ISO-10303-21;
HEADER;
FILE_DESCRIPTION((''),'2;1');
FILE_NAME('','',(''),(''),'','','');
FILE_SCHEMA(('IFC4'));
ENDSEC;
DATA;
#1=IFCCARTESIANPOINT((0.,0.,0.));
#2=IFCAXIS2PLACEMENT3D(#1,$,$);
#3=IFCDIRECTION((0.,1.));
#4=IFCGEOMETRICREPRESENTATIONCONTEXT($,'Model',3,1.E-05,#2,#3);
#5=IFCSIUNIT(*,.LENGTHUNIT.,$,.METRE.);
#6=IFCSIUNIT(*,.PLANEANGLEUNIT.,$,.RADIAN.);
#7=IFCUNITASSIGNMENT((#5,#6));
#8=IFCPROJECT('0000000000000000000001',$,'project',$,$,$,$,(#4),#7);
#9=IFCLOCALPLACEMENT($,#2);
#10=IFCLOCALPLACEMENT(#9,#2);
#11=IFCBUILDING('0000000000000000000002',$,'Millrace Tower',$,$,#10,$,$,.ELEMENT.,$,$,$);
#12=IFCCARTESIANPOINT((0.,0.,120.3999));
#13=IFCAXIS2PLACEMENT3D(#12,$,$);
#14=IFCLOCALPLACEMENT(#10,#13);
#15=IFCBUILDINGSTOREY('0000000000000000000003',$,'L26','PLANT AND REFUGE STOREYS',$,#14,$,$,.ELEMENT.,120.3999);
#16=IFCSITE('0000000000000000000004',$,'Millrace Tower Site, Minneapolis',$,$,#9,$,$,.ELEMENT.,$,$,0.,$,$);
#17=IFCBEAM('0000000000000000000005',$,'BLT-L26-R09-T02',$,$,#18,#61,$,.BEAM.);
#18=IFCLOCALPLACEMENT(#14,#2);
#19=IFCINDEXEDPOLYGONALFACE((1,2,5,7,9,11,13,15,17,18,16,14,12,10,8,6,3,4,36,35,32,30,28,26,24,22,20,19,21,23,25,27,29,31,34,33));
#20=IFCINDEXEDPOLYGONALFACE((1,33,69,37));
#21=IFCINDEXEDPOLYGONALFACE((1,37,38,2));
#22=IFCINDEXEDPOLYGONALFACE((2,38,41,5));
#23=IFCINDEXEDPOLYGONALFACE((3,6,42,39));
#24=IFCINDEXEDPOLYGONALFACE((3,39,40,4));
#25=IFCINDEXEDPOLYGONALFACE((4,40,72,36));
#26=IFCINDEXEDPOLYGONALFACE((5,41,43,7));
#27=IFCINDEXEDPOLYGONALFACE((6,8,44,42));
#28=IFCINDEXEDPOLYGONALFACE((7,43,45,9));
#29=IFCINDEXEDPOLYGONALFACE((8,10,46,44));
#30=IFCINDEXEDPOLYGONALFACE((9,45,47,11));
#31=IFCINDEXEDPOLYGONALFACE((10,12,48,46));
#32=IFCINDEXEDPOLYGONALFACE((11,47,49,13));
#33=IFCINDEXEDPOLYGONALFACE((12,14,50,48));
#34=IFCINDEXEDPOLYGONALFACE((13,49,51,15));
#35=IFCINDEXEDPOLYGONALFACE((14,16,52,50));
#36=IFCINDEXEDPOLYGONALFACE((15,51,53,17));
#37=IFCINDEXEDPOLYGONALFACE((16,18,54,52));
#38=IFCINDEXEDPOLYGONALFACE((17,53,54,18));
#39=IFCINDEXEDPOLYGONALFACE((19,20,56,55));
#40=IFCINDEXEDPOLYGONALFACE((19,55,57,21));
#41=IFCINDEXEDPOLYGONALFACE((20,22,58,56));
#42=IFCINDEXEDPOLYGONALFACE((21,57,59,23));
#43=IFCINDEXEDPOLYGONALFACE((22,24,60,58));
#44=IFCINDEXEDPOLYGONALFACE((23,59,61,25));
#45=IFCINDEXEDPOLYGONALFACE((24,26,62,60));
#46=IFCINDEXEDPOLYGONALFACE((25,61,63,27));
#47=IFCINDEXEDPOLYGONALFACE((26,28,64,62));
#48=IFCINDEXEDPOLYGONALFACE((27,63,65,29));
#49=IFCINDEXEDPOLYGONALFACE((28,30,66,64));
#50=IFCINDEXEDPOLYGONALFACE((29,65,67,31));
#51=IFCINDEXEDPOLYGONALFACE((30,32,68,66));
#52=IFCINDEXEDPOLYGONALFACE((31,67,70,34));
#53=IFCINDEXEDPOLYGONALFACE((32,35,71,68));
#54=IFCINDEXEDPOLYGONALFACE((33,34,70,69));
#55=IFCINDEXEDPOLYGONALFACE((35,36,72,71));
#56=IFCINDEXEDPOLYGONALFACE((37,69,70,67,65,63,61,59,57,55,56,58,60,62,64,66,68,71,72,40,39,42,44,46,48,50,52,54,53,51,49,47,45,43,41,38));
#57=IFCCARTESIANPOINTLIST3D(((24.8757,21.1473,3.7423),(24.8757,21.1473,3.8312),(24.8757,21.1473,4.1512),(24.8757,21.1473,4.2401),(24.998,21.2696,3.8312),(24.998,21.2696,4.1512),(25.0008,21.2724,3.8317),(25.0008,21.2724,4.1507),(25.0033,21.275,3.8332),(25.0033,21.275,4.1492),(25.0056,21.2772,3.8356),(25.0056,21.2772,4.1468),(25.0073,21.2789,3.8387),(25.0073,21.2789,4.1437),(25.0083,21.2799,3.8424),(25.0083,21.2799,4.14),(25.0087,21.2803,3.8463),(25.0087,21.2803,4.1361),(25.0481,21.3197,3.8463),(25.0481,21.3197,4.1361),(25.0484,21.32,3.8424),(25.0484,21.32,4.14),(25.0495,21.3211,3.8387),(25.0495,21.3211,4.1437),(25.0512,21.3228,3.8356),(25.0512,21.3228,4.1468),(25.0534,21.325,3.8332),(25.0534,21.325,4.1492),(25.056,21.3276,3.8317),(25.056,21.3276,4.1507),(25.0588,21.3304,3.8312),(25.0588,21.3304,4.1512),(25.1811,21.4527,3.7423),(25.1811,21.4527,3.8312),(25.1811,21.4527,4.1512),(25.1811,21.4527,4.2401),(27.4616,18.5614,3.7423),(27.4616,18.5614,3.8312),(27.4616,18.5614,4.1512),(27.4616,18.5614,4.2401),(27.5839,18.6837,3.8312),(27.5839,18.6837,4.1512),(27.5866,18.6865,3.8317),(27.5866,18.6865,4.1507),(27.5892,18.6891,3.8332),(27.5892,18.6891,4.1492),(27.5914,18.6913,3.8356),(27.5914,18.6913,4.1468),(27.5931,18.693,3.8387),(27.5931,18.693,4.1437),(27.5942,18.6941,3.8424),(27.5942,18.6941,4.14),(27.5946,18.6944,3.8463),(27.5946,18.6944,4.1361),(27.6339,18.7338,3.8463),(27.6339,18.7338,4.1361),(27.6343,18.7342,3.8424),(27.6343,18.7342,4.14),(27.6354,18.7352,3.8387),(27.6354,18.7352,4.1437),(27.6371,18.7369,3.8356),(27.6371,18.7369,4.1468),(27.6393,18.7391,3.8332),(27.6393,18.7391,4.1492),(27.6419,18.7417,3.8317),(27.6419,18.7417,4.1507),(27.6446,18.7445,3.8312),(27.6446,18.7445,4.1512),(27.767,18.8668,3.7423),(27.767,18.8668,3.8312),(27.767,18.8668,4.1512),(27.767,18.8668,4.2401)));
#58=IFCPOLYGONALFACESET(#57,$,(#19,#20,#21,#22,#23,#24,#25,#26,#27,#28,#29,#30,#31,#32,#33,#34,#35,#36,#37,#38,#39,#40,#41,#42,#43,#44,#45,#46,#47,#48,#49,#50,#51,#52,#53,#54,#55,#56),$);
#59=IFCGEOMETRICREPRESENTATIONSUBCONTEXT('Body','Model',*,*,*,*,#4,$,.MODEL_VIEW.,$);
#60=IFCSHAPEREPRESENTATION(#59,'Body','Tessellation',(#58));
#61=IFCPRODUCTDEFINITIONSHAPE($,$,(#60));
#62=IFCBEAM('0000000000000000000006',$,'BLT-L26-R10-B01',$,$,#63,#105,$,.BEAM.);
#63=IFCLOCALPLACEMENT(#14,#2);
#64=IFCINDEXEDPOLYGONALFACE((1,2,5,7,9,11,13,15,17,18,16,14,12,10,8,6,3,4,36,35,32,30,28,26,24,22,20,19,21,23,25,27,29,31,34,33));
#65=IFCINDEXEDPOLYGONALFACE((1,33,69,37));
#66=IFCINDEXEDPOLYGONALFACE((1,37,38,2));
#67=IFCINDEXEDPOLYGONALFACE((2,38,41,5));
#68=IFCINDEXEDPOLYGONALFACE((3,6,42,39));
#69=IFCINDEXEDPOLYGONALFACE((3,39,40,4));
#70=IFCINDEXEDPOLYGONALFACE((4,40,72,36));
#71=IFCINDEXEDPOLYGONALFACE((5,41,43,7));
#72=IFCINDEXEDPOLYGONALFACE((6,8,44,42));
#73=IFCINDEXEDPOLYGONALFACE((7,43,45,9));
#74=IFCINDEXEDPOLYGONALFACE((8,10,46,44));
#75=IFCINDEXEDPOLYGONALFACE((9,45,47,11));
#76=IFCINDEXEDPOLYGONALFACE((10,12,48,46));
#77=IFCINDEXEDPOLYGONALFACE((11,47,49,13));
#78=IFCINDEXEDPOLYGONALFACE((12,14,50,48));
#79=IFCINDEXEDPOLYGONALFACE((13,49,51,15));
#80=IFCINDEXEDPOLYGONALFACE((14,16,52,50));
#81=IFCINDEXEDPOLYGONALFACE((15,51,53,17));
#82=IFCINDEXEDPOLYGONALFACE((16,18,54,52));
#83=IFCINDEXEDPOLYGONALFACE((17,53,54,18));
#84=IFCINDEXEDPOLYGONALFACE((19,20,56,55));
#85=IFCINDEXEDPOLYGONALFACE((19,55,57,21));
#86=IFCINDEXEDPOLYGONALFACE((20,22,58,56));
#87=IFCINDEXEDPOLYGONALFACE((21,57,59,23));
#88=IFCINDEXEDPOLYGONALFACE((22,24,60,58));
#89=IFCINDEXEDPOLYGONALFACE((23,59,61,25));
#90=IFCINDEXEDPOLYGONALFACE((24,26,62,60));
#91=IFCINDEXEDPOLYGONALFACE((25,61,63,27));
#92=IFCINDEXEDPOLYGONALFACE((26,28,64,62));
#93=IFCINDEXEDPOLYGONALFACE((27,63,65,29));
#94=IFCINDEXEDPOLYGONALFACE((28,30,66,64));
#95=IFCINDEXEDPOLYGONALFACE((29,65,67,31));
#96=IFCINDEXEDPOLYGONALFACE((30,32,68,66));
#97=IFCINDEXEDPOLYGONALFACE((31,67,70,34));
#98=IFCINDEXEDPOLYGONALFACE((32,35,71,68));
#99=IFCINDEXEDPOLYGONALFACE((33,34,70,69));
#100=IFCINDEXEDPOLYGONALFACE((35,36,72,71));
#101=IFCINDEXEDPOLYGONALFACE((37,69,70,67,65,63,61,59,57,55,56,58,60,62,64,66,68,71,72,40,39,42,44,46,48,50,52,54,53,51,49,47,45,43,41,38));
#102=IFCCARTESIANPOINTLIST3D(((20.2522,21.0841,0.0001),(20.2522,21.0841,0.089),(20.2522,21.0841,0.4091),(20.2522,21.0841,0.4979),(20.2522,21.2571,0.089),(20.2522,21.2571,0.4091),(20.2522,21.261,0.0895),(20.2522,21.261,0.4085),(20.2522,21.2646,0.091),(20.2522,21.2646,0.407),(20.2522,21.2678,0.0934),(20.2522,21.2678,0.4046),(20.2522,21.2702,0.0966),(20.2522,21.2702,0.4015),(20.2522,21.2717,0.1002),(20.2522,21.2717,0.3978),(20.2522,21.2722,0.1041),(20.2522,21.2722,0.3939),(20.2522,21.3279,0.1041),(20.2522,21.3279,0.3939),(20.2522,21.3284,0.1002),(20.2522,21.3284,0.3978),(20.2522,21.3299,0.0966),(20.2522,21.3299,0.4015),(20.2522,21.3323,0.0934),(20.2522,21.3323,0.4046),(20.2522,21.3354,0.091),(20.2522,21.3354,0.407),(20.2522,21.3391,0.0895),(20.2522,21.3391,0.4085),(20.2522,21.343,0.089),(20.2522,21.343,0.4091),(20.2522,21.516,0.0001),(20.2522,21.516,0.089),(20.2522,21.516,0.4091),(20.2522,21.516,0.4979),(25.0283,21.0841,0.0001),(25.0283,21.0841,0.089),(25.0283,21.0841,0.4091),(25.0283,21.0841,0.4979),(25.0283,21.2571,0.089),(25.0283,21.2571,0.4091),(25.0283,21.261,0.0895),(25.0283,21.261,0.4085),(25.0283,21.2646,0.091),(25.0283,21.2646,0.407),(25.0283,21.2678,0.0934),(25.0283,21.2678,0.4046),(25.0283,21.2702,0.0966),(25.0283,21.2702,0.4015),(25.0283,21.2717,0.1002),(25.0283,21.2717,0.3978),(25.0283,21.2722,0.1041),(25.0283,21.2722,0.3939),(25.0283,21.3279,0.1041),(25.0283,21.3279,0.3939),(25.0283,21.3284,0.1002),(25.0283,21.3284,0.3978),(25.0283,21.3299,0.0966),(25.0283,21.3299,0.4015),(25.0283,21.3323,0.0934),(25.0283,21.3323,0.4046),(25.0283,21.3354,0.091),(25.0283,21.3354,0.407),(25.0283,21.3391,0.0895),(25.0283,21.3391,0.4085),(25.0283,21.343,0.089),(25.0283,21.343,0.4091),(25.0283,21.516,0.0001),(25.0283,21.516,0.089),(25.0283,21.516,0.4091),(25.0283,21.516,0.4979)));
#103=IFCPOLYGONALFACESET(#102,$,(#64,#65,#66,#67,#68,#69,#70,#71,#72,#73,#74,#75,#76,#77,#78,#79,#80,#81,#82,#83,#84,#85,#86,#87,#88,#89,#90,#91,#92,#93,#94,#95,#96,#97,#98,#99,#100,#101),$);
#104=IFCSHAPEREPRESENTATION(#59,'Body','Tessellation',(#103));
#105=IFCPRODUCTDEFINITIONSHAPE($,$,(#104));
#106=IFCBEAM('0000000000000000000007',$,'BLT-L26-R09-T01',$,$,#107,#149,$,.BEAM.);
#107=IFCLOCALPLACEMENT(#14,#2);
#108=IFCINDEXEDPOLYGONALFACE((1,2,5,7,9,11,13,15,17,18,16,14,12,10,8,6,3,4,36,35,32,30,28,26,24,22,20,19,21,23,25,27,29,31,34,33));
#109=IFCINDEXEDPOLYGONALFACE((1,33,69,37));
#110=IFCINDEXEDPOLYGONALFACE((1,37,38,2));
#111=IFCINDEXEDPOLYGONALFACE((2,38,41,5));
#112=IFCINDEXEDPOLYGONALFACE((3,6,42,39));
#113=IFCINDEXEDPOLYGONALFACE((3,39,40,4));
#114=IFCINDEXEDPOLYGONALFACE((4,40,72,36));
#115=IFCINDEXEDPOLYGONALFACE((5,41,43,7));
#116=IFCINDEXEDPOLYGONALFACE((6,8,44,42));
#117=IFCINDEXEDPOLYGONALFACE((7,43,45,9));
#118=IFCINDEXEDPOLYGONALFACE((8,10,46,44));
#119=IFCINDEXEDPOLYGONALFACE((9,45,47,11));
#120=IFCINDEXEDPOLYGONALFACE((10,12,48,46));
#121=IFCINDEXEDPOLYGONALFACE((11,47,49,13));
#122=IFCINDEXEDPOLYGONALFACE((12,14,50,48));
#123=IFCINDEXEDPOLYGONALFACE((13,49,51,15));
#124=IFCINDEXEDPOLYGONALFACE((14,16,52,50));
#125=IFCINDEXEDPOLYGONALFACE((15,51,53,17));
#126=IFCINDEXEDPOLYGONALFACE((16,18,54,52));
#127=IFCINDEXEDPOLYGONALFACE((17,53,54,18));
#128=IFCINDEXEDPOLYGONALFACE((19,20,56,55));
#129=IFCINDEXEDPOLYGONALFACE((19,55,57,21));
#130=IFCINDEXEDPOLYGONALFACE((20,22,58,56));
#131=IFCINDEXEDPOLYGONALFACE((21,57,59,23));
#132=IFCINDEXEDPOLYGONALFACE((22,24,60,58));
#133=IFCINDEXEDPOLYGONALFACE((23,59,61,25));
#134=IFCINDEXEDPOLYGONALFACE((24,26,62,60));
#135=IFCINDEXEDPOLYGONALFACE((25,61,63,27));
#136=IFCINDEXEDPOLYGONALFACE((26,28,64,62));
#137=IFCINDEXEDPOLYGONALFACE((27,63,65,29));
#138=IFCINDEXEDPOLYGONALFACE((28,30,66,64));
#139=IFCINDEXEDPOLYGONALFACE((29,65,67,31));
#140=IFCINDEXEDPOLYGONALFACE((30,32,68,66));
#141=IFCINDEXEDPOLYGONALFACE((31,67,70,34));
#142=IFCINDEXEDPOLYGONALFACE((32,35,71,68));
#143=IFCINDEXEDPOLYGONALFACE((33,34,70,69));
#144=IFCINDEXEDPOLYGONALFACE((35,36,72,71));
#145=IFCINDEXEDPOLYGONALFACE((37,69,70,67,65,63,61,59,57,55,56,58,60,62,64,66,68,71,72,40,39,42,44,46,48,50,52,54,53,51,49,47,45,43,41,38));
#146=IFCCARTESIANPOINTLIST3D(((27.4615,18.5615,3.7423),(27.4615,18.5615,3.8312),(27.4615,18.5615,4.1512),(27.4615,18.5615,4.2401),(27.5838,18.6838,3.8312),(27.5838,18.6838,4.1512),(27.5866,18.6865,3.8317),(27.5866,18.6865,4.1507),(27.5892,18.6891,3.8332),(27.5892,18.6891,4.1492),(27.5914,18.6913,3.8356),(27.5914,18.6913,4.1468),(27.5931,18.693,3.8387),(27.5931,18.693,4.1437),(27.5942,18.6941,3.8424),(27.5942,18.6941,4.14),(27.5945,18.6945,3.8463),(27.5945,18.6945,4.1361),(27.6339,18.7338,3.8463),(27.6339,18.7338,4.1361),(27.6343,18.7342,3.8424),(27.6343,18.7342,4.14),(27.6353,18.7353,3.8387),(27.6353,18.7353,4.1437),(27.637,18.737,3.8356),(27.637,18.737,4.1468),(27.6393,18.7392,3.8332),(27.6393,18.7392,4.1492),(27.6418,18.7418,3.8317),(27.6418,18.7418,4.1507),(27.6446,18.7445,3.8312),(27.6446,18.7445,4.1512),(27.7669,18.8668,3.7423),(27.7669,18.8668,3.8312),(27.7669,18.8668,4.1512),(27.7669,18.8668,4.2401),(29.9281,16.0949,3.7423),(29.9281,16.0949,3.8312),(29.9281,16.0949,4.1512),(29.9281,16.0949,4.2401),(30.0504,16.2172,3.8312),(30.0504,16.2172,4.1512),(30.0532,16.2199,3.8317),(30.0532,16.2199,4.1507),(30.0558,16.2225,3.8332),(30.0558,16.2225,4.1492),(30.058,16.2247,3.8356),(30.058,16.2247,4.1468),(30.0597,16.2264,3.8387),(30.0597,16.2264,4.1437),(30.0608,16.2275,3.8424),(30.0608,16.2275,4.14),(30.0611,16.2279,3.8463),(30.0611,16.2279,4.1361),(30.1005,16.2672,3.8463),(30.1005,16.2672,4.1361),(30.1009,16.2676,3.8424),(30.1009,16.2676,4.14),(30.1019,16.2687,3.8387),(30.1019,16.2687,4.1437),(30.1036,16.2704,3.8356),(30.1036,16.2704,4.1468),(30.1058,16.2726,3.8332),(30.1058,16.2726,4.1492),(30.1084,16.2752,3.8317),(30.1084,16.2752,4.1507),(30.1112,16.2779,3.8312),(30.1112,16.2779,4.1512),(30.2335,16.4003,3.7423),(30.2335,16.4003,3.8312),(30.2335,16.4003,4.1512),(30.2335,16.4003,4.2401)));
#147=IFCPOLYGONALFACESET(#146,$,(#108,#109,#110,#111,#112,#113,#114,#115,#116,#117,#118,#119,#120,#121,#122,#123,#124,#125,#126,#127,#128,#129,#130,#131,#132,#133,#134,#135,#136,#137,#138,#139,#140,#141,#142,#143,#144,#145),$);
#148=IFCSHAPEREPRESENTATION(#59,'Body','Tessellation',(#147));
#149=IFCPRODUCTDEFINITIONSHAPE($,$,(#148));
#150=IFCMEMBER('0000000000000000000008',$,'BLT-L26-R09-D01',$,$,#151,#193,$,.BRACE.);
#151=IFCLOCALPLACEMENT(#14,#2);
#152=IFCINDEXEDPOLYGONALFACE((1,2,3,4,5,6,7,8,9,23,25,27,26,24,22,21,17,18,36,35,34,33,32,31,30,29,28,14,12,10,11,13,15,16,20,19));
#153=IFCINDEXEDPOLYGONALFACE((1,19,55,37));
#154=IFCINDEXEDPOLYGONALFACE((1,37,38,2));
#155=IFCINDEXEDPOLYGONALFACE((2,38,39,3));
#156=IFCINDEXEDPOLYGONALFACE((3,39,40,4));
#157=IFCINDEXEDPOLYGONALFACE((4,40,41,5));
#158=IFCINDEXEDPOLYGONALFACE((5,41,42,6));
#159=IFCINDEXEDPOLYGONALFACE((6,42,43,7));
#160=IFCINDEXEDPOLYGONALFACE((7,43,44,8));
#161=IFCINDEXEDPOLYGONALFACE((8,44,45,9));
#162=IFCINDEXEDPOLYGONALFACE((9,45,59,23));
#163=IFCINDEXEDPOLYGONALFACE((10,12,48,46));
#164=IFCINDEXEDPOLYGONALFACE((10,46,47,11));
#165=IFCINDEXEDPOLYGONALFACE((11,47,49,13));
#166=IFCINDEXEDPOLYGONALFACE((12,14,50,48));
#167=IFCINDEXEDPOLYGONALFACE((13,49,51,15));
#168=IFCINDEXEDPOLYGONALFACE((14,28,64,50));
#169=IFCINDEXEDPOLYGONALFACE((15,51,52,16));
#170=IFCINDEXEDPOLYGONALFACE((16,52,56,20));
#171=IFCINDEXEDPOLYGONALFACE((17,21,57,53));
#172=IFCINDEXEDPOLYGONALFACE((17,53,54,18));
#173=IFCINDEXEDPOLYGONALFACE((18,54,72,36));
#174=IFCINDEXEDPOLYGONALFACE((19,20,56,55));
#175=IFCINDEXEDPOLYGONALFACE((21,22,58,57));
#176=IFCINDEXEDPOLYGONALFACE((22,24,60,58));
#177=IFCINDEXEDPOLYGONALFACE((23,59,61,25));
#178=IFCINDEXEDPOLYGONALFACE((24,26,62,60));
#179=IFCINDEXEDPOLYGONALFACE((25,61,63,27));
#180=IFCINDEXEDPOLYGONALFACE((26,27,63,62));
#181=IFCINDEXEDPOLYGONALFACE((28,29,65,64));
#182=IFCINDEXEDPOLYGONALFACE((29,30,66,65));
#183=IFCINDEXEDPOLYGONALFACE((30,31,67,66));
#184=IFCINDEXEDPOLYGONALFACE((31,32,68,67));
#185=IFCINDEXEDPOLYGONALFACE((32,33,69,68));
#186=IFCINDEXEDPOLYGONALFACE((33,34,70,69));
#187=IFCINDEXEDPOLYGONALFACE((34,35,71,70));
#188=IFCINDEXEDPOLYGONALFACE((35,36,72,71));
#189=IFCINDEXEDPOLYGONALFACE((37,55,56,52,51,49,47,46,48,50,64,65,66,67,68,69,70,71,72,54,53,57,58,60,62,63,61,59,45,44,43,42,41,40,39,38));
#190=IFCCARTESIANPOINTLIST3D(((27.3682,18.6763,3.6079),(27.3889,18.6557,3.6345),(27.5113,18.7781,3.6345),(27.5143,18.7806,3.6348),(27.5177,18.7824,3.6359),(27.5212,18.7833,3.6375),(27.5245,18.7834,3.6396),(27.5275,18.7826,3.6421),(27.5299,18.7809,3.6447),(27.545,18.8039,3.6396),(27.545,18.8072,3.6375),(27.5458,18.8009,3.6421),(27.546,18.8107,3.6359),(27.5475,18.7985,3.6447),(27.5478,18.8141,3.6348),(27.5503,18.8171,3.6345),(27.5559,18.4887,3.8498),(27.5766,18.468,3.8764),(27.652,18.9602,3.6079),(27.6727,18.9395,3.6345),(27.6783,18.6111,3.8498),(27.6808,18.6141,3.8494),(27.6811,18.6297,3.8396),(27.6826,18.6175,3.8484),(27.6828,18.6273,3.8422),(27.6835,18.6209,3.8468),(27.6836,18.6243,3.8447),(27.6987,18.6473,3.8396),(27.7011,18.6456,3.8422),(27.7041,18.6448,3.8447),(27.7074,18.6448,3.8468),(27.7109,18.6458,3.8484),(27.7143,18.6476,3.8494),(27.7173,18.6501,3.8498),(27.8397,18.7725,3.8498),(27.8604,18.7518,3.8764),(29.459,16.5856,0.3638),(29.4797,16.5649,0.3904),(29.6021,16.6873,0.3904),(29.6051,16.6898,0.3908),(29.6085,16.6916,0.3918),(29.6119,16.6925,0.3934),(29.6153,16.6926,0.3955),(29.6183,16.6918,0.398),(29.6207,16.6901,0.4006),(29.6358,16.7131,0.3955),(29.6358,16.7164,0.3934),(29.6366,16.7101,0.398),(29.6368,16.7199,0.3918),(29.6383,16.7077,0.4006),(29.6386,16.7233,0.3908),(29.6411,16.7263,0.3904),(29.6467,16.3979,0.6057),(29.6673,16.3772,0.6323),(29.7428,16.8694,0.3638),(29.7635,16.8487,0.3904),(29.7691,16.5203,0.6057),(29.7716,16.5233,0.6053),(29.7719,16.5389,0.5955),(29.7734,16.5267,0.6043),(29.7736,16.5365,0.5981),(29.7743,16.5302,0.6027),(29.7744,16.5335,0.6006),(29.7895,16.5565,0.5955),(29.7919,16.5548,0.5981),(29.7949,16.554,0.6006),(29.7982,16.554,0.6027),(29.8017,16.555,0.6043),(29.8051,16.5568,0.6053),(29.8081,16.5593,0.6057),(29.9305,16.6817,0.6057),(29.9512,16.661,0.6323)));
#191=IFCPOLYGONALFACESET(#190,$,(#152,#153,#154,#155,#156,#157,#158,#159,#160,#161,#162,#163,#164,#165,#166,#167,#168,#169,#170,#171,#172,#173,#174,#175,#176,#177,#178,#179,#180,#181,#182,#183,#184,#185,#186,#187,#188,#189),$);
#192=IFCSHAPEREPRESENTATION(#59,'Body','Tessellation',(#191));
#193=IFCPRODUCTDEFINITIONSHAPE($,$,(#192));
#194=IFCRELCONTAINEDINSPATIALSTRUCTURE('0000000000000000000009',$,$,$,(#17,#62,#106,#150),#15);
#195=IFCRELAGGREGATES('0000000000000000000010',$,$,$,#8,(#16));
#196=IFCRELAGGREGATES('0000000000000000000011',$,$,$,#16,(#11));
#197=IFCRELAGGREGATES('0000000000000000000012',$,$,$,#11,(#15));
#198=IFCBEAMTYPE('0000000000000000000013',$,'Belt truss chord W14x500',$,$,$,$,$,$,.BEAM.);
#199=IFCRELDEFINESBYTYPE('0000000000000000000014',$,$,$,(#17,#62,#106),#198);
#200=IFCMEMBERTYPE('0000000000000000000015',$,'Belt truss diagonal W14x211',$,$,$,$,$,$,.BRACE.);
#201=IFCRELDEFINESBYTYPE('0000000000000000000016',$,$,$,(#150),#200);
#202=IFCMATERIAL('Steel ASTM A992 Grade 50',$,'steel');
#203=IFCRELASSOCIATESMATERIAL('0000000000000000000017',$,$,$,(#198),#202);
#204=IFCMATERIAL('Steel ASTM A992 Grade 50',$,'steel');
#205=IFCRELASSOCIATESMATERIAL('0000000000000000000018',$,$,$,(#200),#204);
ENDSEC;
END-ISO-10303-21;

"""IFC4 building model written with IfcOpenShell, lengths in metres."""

from ifc_helpers import new_model, si_unit, direction, frame, origin, origin_2d, place, context, subcontext, project, spatial, i_section, extrude, material, material_profile, profile_set, type_object, element, save


model = new_model("IFC4")

# Units and contexts
model_context = context("Model", 3, precision=1e-05, world=origin(), true_north=direction((0.0, 1.0)))
body_context = subcontext(model_context, "Body", "Model", "MODEL_VIEW")
ifc_project = project(units=[si_unit("LENGTHUNIT", "METRE"), si_unit("PLANEANGLEUNIT", "RADIAN")], contexts=[model_context])

# Site, building, storey
site_placement = place(None, origin())
site = spatial("IfcSite", under=ifc_project, at=site_placement, Name="Millrace Tower Site, Minneapolis", CompositionType="ELEMENT", RefElevation=0.0)
building_placement = place(site_placement, origin())
building = spatial("IfcBuilding", under=site, at=building_placement, Name="Millrace Tower", CompositionType="ELEMENT")
storey_placement = place(building_placement, frame((0.0, 0.0, 120.3999)))
storey = spatial("IfcBuildingStorey", under=building, at=storey_placement, Name="L26", Description="PLANT AND REFUGE STOREYS", CompositionType="ELEMENT", Elevation=120.3999)

# Beams
ifc_material_1 = material(Name="Steel ASTM A992 Grade 50", Category="steel")
ifc_material_profile_1 = material_profile(ifc_material_1, i_section(OverallWidth=0.4319, OverallDepth=0.4978, WebThickness=0.0557, FlangeThickness=0.0889, FilletRadius=0.0151, at=origin_2d()))
ifc_profile_set_1 = profile_set([ifc_material_profile_1], Name="Steel ASTM A992 Grade 50")
beam_type_1 = type_object("IfcBeamType", Name="Belt truss chord W14x500", PredefinedType="BEAM", material=ifc_profile_set_1)
for number, where, z_axis, x_axis, name in (
    (1, (27.6143, 18.7141, 3.9912), (-0.707107, 0.707107, 0.0), (-0.707107, -0.707107, 0.0), "BLT-L26-R09-T02"),
):
    element("IfcBeam", number, at=place(storey_placement, frame(where, z_axis=z_axis, x_axis=x_axis)), inside=storey, type_object=beam_type_1, Name=name, PredefinedType="BEAM", context=body_context, shape_type="SweptSolid", body=[
        extrude(i_section(OverallWidth=0.4319, OverallDepth=0.4978, WebThickness=0.0557, FlangeThickness=0.0889, FilletRadius=0.0151, at=origin_2d()), origin(), (0.0, 0.0, 1.0), 3.657),
    ])
beam_1_placement = place(storey_placement, frame((25.0283, 21.3, 0.249), z_axis=(-1.0, 0.0, 0.0), x_axis=(0.0, -1.0, 0.0)))
element("IfcBeam", 2, at=beam_1_placement, inside=storey, type_object=beam_type_1, Name="BLT-L26-R10-B01", PredefinedType="BEAM", context=body_context, shape_type="SweptSolid", body=[
    extrude(i_section(OverallWidth=0.4319, OverallDepth=0.4978, WebThickness=0.0557, FlangeThickness=0.0889, FilletRadius=0.0151, at=origin_2d()), origin(), (0.0, 0.0, 1.0), 4.7761),
])
beam_2_placement = place(storey_placement, frame((30.0808, 16.2476, 3.9912), z_axis=(-0.707107, 0.707107, 0.0), x_axis=(-0.707107, -0.707107, 0.0)))
element("IfcBeam", 3, at=beam_2_placement, inside=storey, type_object=beam_type_1, Name="BLT-L26-R09-T01", PredefinedType="BEAM", context=body_context, shape_type="SweptSolid", body=[
    extrude(i_section(OverallWidth=0.4319, OverallDepth=0.4978, WebThickness=0.0557, FlangeThickness=0.0889, FilletRadius=0.0151, at=origin_2d()), origin(), (0.0, 0.0, 1.0), 3.4883),
])

# Member
ifc_material_2 = material(Name="Steel ASTM A992 Grade 50", Category="steel")
ifc_material_profile_2 = material_profile(ifc_material_2, i_section(OverallWidth=0.4014, OverallDepth=0.3987, WebThickness=0.0249, FlangeThickness=0.0396, FilletRadius=0.0151, at=origin_2d()))
ifc_profile_set_2 = profile_set([ifc_material_profile_2], Name="Steel ASTM A992 Grade 50")
member_type_1 = type_object("IfcMemberType", Name="Belt truss diagonal W14x211", PredefinedType="BRACE", material=ifc_profile_set_2)
for number, where, z_axis, x_axis, name in (
    (4, (29.7051, 16.6233, 0.498), (-0.476326, 0.476326, 0.739072), (-0.707107, -0.707107, 0.0), "BLT-L26-R09-D01"),
):
    element("IfcMember", number, at=place(storey_placement, frame(where, z_axis=z_axis, x_axis=x_axis)), inside=storey, type_object=member_type_1, Name=name, PredefinedType="BRACE", context=body_context, shape_type="SweptSolid", body=[
        extrude(i_section(OverallWidth=0.4014, OverallDepth=0.3987, WebThickness=0.0249, FlangeThickness=0.0396, FilletRadius=0.0151, at=origin_2d()), origin(), (0.0, 0.0, 1.0), 4.3894),
    ])

save(model, "model.ifc")
